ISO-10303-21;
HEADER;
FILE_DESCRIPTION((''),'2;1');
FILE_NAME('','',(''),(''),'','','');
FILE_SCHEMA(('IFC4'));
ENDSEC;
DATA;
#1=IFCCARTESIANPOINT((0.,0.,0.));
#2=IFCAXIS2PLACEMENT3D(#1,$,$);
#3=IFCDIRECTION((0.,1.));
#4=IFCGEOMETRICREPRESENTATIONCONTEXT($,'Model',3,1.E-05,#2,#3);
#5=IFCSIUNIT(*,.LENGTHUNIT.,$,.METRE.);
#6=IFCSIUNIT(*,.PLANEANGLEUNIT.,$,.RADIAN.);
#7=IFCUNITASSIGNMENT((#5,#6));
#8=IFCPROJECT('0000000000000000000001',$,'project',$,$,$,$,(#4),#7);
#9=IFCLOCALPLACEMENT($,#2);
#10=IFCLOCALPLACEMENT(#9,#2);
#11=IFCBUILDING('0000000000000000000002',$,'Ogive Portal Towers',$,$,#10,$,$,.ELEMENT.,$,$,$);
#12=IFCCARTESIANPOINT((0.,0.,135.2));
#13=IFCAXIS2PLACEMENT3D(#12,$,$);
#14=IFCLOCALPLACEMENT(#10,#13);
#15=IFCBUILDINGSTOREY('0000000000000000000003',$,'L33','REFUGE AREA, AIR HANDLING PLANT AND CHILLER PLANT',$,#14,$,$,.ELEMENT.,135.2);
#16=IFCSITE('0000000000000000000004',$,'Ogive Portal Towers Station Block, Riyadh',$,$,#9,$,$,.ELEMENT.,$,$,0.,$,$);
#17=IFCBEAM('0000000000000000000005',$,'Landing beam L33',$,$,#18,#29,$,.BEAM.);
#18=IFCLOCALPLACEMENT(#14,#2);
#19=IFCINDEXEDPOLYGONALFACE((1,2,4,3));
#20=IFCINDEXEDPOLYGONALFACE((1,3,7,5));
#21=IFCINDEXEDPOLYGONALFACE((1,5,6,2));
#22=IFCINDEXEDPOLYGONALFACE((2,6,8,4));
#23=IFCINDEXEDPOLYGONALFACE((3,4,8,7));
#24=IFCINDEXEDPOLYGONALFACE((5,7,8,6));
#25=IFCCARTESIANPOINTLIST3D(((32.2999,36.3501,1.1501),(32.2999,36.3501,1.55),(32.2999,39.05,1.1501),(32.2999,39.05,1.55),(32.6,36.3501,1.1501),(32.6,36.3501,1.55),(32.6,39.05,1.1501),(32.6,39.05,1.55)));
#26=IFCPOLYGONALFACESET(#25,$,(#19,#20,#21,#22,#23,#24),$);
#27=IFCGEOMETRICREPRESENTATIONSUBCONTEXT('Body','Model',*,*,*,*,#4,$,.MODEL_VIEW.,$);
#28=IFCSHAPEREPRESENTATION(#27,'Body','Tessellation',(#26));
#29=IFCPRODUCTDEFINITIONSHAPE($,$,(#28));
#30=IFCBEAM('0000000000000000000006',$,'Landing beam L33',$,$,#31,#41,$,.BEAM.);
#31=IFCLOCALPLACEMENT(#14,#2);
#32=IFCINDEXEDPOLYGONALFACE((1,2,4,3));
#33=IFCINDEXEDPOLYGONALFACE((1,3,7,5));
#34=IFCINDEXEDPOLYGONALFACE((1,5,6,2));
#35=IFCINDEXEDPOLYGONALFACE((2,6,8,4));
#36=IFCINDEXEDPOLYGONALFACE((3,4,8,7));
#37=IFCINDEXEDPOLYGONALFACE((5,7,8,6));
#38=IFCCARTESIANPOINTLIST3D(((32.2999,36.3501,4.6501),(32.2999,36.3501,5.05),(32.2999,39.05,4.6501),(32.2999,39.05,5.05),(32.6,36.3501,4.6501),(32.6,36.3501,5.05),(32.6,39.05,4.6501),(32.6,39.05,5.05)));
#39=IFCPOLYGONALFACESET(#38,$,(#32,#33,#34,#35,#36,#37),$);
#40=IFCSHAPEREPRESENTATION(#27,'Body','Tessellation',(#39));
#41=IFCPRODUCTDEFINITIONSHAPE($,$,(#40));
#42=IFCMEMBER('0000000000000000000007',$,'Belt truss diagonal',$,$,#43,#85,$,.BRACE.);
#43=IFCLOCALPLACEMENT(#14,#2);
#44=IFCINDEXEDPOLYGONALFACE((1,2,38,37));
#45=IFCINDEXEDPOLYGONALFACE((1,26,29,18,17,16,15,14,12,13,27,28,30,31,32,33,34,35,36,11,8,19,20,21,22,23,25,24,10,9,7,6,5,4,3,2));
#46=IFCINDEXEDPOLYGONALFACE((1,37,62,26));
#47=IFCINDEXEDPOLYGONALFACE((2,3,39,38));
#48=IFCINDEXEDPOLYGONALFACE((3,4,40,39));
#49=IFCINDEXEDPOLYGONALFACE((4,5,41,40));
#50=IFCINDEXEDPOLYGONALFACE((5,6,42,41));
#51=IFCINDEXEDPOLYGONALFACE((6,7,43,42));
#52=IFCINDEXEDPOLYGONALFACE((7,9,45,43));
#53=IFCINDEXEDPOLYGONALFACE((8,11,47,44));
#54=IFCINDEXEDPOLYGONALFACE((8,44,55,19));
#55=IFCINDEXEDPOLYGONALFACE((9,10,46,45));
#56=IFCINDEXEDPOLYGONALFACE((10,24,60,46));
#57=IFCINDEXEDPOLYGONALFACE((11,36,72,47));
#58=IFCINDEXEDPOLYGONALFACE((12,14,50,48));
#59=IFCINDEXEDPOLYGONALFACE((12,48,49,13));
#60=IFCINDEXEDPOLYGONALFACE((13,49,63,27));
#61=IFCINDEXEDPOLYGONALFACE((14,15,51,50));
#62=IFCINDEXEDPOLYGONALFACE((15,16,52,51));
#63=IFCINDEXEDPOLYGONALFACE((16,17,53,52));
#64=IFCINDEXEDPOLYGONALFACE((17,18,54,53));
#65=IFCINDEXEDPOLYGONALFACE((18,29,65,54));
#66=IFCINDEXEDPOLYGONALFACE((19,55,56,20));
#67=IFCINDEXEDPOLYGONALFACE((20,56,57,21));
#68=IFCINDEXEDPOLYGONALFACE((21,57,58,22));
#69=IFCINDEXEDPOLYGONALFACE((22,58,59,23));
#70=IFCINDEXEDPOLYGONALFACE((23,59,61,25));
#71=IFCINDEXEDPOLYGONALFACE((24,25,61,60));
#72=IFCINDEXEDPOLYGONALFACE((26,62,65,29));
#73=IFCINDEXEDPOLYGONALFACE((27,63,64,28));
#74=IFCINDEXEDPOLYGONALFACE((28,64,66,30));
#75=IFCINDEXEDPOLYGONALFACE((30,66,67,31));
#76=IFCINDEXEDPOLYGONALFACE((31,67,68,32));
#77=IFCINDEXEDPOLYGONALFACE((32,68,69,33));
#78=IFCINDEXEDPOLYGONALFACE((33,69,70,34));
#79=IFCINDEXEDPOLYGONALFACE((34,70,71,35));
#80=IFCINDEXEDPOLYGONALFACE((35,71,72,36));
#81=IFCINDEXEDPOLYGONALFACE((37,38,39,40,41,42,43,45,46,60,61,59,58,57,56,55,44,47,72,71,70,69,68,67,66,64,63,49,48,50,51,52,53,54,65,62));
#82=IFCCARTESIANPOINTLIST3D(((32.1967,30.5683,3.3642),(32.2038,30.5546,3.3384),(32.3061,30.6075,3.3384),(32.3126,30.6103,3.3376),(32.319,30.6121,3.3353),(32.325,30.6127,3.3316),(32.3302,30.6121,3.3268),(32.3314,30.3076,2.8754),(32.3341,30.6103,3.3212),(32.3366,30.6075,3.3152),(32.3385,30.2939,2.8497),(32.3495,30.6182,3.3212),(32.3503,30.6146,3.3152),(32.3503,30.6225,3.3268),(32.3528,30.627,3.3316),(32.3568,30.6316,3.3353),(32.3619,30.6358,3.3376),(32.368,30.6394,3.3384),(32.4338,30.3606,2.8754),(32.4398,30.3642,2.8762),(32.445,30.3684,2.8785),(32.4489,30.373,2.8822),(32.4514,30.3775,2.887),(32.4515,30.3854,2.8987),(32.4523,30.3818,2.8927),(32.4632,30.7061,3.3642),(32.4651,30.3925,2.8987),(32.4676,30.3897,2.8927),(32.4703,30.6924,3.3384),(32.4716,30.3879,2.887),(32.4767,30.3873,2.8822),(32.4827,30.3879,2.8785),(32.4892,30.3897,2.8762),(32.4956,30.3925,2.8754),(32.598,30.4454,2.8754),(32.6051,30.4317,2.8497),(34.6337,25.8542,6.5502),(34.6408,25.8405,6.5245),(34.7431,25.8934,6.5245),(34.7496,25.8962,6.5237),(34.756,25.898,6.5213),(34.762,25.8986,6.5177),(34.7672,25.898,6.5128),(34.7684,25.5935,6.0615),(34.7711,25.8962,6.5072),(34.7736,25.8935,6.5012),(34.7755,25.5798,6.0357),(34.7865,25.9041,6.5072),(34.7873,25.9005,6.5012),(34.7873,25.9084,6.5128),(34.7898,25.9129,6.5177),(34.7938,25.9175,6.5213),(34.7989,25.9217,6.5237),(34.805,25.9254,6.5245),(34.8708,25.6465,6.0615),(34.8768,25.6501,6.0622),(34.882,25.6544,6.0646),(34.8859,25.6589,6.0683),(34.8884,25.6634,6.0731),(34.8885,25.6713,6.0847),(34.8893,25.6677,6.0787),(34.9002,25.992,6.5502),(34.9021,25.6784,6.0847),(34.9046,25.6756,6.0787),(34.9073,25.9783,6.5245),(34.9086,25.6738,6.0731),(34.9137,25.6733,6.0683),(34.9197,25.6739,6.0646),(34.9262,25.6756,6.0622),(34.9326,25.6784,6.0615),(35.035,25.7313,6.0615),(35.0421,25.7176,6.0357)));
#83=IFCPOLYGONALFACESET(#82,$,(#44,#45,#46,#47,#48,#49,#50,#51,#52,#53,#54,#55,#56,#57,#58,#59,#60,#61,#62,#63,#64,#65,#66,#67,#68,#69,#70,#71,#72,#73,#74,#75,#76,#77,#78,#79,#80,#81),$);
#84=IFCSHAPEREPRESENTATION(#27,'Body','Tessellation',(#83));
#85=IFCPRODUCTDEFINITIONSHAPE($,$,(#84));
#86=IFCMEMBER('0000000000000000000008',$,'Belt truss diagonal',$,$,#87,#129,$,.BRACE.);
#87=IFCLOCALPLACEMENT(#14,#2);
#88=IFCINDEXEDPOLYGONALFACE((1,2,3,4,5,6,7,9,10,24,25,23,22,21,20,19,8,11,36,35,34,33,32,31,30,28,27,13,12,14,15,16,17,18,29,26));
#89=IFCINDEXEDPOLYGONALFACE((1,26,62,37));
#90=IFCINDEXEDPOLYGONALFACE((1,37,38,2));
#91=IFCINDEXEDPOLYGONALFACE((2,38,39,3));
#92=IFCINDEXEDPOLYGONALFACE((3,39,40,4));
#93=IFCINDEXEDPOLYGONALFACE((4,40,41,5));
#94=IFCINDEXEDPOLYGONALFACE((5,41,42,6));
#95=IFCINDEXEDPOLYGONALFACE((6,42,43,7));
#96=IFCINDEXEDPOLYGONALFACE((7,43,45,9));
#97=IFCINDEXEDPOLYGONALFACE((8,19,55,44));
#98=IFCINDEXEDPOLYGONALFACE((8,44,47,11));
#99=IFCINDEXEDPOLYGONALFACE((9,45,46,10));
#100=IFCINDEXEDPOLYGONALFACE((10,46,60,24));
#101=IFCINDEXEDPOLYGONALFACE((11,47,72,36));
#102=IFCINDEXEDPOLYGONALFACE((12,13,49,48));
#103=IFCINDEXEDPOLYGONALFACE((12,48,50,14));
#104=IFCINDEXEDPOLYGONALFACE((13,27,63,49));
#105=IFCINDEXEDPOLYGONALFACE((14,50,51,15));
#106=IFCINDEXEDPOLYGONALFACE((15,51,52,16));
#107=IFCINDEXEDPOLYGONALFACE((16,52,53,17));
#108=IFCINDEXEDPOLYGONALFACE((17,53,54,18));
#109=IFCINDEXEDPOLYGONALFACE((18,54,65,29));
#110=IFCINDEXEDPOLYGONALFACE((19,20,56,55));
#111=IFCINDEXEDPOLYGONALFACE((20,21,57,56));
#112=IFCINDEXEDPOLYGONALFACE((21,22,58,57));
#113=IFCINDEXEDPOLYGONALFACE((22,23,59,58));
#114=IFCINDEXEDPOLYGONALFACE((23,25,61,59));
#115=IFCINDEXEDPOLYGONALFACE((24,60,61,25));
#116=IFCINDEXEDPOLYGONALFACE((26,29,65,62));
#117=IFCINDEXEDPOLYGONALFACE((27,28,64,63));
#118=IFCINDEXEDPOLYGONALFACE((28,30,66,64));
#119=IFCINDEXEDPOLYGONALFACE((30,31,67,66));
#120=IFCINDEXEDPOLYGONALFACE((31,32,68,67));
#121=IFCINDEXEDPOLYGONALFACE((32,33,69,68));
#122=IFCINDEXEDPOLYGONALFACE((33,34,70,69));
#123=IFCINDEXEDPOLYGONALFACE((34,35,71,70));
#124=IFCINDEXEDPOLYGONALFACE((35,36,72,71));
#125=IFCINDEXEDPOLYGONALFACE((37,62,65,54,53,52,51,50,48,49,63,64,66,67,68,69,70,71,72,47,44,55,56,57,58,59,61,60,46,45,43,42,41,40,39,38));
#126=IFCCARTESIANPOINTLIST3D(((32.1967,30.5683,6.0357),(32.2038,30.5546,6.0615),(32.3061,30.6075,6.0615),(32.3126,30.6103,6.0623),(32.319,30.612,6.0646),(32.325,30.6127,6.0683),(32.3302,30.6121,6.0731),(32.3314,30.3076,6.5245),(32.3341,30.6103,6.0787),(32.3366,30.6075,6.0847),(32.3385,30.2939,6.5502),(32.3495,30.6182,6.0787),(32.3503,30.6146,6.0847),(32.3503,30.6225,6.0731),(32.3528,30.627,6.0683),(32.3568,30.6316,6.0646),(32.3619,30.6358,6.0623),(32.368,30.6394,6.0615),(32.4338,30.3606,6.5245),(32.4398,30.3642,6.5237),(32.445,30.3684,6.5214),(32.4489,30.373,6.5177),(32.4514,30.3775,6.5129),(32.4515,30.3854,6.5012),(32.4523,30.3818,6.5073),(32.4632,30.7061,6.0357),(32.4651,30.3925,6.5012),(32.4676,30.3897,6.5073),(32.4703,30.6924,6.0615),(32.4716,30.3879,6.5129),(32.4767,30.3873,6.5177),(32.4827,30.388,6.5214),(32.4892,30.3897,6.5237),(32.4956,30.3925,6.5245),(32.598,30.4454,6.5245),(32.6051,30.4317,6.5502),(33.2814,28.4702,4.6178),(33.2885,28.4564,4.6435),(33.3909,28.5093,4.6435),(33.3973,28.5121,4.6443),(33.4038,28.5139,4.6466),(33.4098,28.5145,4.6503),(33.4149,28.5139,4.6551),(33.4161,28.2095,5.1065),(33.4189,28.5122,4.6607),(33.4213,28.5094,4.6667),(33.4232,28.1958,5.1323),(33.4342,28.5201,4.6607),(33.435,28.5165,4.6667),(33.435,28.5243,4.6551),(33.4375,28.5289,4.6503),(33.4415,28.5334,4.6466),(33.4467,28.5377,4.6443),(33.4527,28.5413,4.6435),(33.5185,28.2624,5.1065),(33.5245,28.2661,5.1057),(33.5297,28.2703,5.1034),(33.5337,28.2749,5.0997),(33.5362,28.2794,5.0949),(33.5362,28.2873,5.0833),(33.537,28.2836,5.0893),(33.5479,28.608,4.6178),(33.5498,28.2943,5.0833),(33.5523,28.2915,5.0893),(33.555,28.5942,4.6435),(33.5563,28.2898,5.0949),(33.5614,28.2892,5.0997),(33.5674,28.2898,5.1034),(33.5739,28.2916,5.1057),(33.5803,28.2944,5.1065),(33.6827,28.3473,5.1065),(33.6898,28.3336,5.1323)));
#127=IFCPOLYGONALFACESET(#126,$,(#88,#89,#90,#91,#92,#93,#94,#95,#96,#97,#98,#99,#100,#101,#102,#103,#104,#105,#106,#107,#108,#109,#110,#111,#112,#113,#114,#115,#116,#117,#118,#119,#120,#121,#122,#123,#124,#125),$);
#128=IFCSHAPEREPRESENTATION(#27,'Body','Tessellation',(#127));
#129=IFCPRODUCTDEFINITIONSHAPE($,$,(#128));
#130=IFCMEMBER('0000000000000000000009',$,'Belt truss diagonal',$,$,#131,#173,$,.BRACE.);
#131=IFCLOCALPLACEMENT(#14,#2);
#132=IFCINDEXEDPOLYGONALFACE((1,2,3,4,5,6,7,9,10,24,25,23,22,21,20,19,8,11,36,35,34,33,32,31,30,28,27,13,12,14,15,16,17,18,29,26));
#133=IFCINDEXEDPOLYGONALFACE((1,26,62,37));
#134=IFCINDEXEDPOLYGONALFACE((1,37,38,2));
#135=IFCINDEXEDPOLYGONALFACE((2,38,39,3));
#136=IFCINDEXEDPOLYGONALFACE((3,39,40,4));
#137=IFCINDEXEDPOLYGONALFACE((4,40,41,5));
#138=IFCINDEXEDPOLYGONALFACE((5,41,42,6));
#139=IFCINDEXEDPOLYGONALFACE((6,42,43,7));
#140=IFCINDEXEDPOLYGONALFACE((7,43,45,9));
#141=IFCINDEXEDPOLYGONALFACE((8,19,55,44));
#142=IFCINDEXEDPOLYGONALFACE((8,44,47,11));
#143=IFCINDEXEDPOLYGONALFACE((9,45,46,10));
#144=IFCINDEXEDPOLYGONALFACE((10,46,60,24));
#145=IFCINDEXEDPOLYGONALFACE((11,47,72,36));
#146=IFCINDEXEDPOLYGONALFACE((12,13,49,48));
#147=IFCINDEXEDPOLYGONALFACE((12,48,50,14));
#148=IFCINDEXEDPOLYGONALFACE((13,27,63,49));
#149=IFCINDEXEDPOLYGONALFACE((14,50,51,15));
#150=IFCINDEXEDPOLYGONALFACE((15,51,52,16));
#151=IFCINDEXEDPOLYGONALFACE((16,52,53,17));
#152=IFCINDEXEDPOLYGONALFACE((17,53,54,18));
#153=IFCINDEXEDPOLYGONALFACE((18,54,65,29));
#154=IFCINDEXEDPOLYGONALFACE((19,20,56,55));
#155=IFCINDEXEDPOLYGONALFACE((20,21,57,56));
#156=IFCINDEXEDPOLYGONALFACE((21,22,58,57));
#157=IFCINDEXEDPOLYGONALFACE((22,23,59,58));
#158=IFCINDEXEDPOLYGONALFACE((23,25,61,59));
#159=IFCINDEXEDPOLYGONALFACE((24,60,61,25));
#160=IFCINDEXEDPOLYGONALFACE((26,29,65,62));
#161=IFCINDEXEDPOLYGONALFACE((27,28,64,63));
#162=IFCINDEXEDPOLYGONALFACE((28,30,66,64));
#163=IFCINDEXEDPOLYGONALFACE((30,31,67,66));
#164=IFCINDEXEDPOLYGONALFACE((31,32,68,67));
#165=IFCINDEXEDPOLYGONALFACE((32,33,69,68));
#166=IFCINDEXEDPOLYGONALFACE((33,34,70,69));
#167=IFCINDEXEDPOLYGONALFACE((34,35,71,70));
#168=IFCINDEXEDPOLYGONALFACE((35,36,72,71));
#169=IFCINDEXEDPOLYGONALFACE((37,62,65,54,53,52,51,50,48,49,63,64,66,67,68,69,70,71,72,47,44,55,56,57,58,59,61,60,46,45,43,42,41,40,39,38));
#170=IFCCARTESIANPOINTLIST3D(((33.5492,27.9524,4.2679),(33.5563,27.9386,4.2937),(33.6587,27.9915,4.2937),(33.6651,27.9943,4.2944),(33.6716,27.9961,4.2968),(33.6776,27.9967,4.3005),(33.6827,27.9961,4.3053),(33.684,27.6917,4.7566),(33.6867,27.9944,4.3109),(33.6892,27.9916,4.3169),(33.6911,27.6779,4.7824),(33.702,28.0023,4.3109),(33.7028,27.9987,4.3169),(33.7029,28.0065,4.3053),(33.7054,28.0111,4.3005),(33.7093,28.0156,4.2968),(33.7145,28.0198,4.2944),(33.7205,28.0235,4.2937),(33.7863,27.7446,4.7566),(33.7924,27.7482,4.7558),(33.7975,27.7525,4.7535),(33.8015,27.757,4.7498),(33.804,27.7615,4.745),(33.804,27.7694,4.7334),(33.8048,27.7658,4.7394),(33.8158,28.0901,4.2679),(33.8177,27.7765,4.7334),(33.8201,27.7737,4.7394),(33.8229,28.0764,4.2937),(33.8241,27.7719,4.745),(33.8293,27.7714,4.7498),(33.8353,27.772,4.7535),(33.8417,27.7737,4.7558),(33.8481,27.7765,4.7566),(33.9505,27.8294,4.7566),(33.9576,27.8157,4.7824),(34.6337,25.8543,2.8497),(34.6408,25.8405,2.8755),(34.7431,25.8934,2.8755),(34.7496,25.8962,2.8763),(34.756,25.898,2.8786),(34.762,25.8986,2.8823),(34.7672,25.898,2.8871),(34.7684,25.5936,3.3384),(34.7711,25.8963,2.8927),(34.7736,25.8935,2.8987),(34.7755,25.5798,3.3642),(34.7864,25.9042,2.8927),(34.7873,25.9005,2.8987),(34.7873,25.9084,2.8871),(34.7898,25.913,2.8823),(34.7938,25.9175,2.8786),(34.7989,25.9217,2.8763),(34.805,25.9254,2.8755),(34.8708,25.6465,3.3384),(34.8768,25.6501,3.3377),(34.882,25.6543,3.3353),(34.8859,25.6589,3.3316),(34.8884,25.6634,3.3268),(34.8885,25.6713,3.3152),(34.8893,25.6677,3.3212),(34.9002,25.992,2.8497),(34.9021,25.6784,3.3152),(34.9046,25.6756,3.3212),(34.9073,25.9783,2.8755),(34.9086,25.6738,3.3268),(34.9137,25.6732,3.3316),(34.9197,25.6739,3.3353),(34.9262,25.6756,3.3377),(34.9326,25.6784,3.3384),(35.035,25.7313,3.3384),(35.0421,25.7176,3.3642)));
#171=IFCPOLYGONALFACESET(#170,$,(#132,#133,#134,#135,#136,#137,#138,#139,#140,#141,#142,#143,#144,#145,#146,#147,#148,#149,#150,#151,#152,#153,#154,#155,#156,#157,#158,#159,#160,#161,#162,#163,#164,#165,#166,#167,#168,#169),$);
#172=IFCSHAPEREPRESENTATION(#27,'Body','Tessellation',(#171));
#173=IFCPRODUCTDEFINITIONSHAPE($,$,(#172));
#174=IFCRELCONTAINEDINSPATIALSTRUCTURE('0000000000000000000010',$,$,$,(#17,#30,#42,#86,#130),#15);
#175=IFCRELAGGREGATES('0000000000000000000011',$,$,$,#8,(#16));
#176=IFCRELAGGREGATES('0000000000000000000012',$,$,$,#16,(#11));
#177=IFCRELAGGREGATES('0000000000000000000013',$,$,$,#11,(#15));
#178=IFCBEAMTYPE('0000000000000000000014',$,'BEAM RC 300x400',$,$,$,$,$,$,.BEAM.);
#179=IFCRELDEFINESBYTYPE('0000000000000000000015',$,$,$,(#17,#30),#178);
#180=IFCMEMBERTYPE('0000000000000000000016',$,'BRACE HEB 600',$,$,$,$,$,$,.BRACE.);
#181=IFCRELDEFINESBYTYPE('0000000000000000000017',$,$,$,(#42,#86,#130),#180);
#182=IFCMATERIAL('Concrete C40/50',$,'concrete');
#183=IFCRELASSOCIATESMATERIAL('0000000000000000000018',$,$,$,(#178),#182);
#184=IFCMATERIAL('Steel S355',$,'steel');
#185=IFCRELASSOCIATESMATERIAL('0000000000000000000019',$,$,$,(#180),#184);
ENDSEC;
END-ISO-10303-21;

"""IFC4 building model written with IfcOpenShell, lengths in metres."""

from ifc_helpers import new_model, si_unit, direction, frame, origin, origin_2d, place, context, subcontext, project, spatial, rectangle, i_section, extrude, material, material_profile, profile_set, type_object, element, save


model = new_model("IFC4")

# Units and contexts
model_context = context("Model", 3, precision=1e-05, world=origin(), true_north=direction((0.0, 1.0)))
body_context = subcontext(model_context, "Body", "Model", "MODEL_VIEW")
ifc_project = project(units=[si_unit("LENGTHUNIT", "METRE"), si_unit("PLANEANGLEUNIT", "RADIAN")], contexts=[model_context])

# Site, building, storey
site_placement = place(None, origin())
site = spatial("IfcSite", under=ifc_project, at=site_placement, Name="Ogive Portal Towers Station Block, Riyadh", CompositionType="ELEMENT", RefElevation=0.0)
building_placement = place(site_placement, origin())
building = spatial("IfcBuilding", under=site, at=building_placement, Name="Ogive Portal Towers", CompositionType="ELEMENT")
storey_placement = place(building_placement, frame((0.0, 0.0, 135.2)))
storey = spatial("IfcBuildingStorey", under=building, at=storey_placement, Name="L33", Description="REFUGE AREA, AIR HANDLING PLANT AND CHILLER PLANT", CompositionType="ELEMENT", Elevation=135.2)

# Beams
ifc_material_1 = material(Name="Concrete C40/50", Category="concrete")
ifc_material_profile_1 = material_profile(ifc_material_1, rectangle(XDim=0.3, YDim=0.3999, at=origin_2d()), Name="RC 300x400")
ifc_profile_set_1 = profile_set([ifc_material_profile_1], Name="Concrete C40/50")
beam_type = type_object("IfcBeamType", Name="BEAM RC 300x400", PredefinedType="BEAM", material=ifc_profile_set_1)
for number, where, z_axis, x_axis, name in (
    (1, (32.45, 36.3501, 1.3501), (0.0, 1.0, 0.0), (-1.0, 0.0, 0.0), "Landing beam L33"),
    (2, (32.45, 36.3501, 4.8501), (0.0, 1.0, 0.0), (-1.0, 0.0, 0.0), "Landing beam L33"),
):
    element("IfcBeam", number, at=place(storey_placement, frame(where, z_axis=z_axis, x_axis=x_axis)), inside=storey, type_object=beam_type, Name=name, PredefinedType="BEAM", context=body_context, shape_type="SweptSolid", body=[
        extrude(rectangle(XDim=0.3, YDim=0.3999, at=origin_2d()), origin(), (0.0, 0.0, 1.0), 2.7),
    ])

# Members
ifc_material_2 = material(Name="Steel S355", Category="steel")
ifc_material_profile_2 = material_profile(ifc_material_2, i_section(OverallWidth=0.3, OverallDepth=0.6001, WebThickness=0.0154, FlangeThickness=0.03, FilletRadius=0.0271, at=origin_2d()), Name="HEB 600")
ifc_profile_set_2 = profile_set([ifc_material_profile_2], Name="Steel S355")
member_type_1 = type_object("IfcMemberType", Name="BRACE HEB 600", PredefinedType="BRACE", material=ifc_profile_set_2)
member_placement = place(storey_placement, frame((32.4009, 30.5, 3.1069), z_axis=(0.393719, -0.761603, 0.51473), x_axis=(0.888319, 0.459226, 0.0)))
element("IfcMember", 3, at=member_placement, inside=storey, type_object=member_type_1, Name="Belt truss diagonal", PredefinedType="BRACE", context=body_context, shape_type="SweptSolid", body=[
    extrude(i_section(OverallWidth=0.3, OverallDepth=0.6001, WebThickness=0.0154, FlangeThickness=0.03, FilletRadius=0.0271, at=origin_2d()), origin(), (0.0, 0.0, 1.0), 6.1897),
])
for number, where, z_axis, x_axis, name in (
    (4, (32.4009, 30.5, 6.293), (0.393741, -0.761605, -0.514708), (0.888309, 0.459246, 0.0), "Belt truss diagonal"),
    (5, (33.7534, 27.884, 4.5251), (0.393649, -0.761597, -0.514792), (0.888351, 0.459164, 0.0), "Belt truss diagonal"),
):
    element("IfcMember", number, at=place(storey_placement, frame(where, z_axis=z_axis, x_axis=x_axis)), inside=storey, type_object=member_type_1, Name=name, PredefinedType="BRACE", context=body_context, shape_type="SweptSolid", body=[
        extrude(i_section(OverallWidth=0.3, OverallDepth=0.6001, WebThickness=0.0154, FlangeThickness=0.03, FilletRadius=0.0271, at=origin_2d()), origin(), (0.0, 0.0, 1.0), 2.7549),
    ])

save(model, "model.ifc")
